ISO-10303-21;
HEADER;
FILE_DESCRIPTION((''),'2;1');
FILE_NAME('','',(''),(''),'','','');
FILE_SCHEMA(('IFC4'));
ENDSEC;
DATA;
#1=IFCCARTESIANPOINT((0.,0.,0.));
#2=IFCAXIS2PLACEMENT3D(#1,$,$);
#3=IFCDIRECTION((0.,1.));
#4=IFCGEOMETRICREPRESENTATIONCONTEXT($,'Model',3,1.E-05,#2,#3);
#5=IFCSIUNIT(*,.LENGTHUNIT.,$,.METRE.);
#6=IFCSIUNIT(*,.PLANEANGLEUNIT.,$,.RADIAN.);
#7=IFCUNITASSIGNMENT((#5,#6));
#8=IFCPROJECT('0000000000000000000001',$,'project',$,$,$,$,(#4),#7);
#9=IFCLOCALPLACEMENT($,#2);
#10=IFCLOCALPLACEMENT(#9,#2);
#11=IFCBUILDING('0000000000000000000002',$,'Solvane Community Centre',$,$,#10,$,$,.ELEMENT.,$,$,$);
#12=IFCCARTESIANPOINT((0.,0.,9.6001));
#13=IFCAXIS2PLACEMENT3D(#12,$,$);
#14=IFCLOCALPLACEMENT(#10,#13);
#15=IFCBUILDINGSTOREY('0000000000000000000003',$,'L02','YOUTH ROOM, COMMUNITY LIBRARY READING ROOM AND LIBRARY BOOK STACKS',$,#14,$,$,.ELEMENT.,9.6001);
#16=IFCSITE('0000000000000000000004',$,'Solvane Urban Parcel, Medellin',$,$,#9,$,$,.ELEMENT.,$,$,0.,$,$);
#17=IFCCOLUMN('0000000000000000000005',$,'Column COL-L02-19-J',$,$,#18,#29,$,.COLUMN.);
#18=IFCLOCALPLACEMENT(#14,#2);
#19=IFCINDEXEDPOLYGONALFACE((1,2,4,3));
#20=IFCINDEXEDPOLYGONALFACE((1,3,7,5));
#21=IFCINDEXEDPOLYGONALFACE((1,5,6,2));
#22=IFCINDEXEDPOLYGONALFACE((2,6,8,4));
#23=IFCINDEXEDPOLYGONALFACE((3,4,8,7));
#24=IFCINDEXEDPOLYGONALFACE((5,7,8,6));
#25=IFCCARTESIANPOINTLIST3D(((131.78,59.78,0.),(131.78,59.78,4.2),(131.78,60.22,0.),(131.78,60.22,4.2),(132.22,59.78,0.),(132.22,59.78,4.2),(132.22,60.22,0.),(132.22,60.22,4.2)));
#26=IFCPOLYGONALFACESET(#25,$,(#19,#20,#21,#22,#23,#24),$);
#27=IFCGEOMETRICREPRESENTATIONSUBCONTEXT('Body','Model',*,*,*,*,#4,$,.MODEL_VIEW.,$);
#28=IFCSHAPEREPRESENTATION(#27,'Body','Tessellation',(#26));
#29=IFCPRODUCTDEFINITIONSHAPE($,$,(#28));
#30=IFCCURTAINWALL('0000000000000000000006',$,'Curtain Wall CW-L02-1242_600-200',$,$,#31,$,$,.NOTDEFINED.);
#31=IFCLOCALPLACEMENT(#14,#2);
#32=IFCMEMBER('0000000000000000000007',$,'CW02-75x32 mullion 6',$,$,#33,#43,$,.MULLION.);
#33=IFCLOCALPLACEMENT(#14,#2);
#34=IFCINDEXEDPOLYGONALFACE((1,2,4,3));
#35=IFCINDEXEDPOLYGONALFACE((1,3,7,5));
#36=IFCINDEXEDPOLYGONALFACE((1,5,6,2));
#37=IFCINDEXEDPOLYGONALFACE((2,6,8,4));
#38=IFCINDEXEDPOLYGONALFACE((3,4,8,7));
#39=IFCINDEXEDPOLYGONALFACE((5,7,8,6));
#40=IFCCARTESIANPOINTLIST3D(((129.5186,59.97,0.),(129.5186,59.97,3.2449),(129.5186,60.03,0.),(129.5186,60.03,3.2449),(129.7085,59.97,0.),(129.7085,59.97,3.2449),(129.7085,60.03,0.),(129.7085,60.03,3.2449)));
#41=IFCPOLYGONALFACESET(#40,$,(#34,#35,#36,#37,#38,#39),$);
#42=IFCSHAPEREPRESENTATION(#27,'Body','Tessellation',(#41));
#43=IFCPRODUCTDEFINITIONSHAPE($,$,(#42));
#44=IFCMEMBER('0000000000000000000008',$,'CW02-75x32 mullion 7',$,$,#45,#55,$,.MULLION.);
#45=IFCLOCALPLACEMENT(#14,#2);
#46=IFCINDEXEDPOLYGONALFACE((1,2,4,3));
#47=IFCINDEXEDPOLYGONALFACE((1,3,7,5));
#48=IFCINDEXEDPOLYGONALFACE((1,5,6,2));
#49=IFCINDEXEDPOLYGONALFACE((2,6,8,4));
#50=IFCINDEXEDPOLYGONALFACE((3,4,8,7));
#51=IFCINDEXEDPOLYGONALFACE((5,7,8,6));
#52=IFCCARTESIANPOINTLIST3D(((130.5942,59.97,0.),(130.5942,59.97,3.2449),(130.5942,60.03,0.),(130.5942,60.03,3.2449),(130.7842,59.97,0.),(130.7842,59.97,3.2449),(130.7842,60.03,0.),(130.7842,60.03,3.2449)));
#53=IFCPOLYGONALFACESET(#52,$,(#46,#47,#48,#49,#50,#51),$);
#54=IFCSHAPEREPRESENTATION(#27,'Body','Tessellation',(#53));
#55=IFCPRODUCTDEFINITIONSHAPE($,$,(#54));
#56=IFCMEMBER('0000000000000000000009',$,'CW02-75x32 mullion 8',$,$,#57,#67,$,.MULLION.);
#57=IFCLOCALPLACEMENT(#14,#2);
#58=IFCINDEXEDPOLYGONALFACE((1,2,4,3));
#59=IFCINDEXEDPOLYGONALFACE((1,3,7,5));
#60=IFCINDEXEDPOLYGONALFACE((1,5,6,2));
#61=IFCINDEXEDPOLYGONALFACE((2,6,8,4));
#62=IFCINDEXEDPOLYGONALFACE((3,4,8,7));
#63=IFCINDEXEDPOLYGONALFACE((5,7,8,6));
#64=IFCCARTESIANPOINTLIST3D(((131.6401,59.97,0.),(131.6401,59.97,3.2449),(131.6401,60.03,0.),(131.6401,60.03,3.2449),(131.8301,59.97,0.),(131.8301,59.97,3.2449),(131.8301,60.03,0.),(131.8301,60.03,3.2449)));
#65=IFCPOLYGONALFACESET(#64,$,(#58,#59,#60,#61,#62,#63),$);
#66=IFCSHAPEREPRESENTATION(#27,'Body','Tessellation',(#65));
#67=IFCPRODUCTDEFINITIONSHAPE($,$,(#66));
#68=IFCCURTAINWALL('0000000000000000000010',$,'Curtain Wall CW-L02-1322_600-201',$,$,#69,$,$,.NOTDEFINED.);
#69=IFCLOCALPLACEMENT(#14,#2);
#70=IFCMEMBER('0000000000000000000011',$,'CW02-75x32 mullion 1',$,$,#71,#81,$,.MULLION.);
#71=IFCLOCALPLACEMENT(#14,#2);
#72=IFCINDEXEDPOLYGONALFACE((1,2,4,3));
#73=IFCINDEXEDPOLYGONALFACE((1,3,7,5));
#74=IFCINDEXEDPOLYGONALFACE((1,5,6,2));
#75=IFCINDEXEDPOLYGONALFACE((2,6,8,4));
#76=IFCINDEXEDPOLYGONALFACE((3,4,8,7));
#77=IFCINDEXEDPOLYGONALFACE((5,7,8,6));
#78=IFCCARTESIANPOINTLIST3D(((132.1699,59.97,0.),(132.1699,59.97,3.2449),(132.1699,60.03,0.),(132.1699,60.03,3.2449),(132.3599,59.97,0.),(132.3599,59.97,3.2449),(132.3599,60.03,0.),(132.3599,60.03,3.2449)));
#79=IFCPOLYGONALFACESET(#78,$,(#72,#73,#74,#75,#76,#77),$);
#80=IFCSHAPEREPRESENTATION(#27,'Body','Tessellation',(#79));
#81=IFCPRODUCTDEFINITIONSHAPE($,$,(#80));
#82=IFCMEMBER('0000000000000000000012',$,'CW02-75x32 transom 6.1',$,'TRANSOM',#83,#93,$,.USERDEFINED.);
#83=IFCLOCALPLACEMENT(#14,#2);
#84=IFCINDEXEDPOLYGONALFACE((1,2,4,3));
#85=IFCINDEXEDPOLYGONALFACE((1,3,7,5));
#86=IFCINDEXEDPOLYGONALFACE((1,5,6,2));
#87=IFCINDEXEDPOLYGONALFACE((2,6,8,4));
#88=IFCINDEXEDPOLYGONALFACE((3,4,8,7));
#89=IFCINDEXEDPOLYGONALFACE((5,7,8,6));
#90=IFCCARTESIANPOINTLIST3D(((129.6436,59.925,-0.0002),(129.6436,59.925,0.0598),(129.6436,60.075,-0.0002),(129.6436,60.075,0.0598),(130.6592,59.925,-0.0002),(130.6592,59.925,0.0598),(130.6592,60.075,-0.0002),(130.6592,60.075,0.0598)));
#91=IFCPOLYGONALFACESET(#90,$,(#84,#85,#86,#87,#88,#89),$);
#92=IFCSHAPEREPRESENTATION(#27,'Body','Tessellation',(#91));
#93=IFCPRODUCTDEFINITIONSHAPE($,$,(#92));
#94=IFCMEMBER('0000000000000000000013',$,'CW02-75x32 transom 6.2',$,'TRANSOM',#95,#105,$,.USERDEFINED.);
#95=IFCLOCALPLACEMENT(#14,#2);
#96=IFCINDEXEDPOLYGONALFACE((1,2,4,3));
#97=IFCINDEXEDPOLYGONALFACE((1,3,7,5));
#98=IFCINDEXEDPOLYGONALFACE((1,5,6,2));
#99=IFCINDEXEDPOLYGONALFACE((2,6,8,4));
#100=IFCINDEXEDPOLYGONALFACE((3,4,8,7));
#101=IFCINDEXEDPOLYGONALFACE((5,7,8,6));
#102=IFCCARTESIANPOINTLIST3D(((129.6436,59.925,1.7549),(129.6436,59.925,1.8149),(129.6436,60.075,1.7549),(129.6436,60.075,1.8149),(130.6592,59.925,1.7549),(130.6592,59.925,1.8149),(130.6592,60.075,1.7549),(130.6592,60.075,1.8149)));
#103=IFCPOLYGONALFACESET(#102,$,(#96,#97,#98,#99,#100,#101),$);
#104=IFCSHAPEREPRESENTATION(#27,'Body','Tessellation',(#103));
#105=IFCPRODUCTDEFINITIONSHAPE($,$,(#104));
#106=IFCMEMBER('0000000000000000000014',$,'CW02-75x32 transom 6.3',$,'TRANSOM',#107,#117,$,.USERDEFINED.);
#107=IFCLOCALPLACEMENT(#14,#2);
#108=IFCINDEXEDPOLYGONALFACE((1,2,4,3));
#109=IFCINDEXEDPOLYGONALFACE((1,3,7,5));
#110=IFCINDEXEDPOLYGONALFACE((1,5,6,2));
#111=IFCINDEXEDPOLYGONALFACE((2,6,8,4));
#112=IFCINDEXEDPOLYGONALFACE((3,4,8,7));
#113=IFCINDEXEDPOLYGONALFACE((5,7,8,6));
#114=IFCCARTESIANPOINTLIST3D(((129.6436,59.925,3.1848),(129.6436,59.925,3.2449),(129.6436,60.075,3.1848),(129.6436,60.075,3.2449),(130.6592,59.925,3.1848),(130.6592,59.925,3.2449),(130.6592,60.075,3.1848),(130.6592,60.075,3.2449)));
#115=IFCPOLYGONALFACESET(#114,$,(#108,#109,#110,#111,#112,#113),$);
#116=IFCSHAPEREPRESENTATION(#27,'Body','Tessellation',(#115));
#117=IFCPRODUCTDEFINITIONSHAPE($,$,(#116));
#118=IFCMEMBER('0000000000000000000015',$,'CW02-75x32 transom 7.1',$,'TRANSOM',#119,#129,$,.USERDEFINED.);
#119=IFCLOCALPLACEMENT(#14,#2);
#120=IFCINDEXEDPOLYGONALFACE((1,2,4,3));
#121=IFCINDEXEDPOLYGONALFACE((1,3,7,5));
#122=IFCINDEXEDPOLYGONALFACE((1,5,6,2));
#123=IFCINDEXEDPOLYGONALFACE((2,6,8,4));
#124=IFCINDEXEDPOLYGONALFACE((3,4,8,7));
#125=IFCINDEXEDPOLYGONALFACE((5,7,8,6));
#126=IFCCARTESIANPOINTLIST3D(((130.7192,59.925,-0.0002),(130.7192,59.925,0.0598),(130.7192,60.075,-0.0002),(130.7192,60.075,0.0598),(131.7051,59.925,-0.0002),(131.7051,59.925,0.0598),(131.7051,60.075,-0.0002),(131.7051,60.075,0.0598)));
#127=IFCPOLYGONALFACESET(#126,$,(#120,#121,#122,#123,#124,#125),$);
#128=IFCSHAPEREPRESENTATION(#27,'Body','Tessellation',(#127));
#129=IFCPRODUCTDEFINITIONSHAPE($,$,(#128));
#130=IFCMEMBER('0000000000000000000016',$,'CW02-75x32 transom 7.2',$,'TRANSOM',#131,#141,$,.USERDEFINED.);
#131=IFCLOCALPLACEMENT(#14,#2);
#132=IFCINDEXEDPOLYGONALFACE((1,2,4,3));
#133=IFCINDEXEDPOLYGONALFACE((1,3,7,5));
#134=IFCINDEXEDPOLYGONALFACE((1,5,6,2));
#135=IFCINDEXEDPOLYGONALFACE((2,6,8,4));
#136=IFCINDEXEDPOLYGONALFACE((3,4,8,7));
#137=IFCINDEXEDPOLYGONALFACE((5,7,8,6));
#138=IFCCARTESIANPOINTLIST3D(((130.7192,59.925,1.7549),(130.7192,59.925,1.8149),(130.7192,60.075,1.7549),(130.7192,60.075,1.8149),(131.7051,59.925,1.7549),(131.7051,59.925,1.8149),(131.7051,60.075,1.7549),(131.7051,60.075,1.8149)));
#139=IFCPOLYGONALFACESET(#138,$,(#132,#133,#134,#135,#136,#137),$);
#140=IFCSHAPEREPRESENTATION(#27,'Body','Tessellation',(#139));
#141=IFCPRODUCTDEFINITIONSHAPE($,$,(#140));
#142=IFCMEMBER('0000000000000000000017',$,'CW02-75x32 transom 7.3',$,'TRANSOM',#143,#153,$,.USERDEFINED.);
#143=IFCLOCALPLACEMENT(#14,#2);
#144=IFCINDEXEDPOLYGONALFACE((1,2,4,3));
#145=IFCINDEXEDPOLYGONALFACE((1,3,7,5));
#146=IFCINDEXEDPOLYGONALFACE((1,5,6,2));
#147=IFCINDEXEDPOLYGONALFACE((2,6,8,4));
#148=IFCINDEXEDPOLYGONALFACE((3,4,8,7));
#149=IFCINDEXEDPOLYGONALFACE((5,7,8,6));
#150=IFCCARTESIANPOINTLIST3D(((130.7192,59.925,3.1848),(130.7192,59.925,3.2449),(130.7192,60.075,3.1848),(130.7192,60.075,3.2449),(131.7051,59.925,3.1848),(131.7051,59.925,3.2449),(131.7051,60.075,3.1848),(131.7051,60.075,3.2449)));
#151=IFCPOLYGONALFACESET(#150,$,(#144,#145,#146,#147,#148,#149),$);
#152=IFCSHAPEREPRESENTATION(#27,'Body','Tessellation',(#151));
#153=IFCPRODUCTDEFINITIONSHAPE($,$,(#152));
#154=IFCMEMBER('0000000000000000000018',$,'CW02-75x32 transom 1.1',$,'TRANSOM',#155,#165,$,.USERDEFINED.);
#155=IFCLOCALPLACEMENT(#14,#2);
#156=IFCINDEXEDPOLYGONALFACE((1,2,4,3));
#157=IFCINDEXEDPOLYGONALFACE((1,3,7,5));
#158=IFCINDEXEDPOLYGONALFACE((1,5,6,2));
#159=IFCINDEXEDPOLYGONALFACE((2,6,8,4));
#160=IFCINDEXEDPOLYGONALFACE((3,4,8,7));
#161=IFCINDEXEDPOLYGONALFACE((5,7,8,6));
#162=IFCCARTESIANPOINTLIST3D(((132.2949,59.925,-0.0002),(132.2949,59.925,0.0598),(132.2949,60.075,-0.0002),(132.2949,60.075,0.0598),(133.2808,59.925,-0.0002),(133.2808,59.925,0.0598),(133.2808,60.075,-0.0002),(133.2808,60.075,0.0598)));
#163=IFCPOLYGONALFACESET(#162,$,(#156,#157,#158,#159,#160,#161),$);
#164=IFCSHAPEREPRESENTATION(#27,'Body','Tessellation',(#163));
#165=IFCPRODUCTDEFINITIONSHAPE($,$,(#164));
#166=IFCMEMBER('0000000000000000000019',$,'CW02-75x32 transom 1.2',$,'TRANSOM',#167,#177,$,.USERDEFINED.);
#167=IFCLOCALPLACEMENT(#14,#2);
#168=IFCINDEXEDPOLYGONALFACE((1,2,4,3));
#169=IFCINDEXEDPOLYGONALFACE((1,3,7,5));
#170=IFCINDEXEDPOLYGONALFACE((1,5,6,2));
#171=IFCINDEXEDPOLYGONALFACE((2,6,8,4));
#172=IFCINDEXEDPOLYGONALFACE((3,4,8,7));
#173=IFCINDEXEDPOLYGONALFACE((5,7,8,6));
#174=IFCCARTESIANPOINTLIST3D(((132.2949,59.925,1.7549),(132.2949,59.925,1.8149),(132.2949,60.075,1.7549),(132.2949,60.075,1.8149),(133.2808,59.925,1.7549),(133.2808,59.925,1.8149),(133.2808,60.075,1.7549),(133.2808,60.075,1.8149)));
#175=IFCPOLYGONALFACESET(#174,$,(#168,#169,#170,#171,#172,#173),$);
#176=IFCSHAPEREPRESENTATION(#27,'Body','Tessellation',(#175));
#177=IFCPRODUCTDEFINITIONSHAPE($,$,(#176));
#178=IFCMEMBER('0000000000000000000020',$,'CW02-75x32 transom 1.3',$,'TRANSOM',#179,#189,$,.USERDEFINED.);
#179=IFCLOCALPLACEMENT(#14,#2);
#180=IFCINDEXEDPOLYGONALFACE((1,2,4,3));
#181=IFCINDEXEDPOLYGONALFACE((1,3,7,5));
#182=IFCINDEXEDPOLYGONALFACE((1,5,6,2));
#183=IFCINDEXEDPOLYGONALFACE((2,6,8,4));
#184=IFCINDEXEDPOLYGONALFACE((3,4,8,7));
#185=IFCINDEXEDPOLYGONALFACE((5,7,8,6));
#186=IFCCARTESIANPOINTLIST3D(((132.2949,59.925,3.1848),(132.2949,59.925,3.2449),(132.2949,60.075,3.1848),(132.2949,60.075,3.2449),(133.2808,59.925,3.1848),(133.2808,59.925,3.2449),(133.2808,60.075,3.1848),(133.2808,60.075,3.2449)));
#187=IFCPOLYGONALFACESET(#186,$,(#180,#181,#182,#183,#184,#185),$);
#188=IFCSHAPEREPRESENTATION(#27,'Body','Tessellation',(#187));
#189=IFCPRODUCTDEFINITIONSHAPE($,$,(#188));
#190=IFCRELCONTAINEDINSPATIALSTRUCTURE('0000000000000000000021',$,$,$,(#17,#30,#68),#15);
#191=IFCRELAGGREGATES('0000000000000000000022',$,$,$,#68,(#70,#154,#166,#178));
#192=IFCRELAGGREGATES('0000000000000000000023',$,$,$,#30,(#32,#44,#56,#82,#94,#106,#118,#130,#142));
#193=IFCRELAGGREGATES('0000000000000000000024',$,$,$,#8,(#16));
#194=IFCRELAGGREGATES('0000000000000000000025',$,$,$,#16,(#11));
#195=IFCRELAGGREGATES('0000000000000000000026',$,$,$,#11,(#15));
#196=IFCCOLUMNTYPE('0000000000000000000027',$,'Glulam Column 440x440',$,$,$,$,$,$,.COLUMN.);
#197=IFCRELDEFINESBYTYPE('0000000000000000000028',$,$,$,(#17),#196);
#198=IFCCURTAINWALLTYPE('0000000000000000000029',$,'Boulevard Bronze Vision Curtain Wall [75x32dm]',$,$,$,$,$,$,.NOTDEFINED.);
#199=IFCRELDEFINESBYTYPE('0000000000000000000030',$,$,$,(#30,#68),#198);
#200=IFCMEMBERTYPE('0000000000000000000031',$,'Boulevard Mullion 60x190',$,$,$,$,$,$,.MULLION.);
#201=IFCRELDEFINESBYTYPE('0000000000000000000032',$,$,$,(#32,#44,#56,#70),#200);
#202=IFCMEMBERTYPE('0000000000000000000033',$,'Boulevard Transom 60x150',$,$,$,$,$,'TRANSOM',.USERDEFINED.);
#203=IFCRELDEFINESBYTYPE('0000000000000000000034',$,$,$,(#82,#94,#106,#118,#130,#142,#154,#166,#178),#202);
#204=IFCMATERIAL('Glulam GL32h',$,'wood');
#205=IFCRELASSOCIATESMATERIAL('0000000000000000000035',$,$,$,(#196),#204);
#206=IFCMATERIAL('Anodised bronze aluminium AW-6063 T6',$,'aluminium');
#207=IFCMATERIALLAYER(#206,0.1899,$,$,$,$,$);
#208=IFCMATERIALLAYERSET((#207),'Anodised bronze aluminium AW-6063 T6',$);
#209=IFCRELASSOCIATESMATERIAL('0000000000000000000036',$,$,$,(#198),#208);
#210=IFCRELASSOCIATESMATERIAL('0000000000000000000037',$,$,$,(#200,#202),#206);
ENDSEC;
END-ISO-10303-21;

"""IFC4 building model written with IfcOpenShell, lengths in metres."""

from ifc_helpers import new_model, si_unit, direction, frame, origin, origin_2d, place, context, subcontext, project, spatial, rectangle, extrude, material, layer, layer_set, material_profile, profile_set, type_object, element, aggregate, save


model = new_model("IFC4")

# Units and contexts
model_context = context("Model", 3, precision=1e-05, world=origin(), true_north=direction((0.0, 1.0)))
body_context = subcontext(model_context, "Body", "Model", "MODEL_VIEW")
ifc_project = project(units=[si_unit("LENGTHUNIT", "METRE"), si_unit("PLANEANGLEUNIT", "RADIAN")], contexts=[model_context])

# Site, building, storey
site_placement = place(None, origin())
site = spatial("IfcSite", under=ifc_project, at=site_placement, Name="Solvane Urban Parcel, Medellin", CompositionType="ELEMENT", RefElevation=0.0)
building_placement = place(site_placement, origin())
building = spatial("IfcBuilding", under=site, at=building_placement, Name="Solvane Community Centre", CompositionType="ELEMENT")
storey_placement = place(building_placement, frame((0.0, 0.0, 9.6001)))
storey = spatial("IfcBuildingStorey", under=building, at=storey_placement, Name="L02", Description="YOUTH ROOM, COMMUNITY LIBRARY READING ROOM AND LIBRARY BOOK STACKS", CompositionType="ELEMENT", Elevation=9.6001)

# Column
ifc_material_1 = material(Name="Glulam GL32h", Category="wood")
ifc_material_profile_1 = material_profile(ifc_material_1, rectangle(XDim=0.4399, YDim=0.4399, at=origin_2d()), Name="GL32h 440x440")
ifc_profile_set_1 = profile_set([ifc_material_profile_1], Name="Glulam GL32h")
column_type = type_object("IfcColumnType", Name="Glulam Column 440x440", PredefinedType="COLUMN", material=ifc_profile_set_1)
column_placement = place(storey_placement, frame((132.0, 60.0, 0.0), z_axis=(0.0, 0.0, 1.0), x_axis=(1.0, 0.0, 0.0)))
element("IfcColumn", 1, at=column_placement, inside=storey, type_object=column_type, Name="Column COL-L02-19-J", PredefinedType="COLUMN", context=body_context, shape_type="SweptSolid", body=[
    extrude(rectangle(XDim=0.4399, YDim=0.4399, at=origin_2d()), origin(), (0.0, 0.0, 1.0), 4.2),
])

# Curtain wall, members
ifc_material_2 = material(Name="Anodised bronze aluminium AW-6063 T6", Category="aluminium")
ifc_layer_1 = layer(ifc_material_2, 0.1899)
ifc_layer_set_1 = layer_set([ifc_layer_1], Name="Anodised bronze aluminium AW-6063 T6")
curtain_wall_type = type_object("IfcCurtainWallType", Name="Boulevard Bronze Vision Curtain Wall [75x32dm]", PredefinedType="NOTDEFINED", material=ifc_layer_set_1)
curtain_wall_1_placement = place(storey_placement, origin())
curtain_wall_1 = element("IfcCurtainWall", 2, at=curtain_wall_1_placement, inside=storey, type_object=curtain_wall_type, Name="Curtain Wall CW-L02-1242_600-200", PredefinedType="NOTDEFINED")
ifc_material_profile_2 = material_profile(ifc_material_2, rectangle(XDim=0.0601, YDim=0.1899, at=origin_2d()), Name="CW-M 60x190")
ifc_profile_set_2 = profile_set([ifc_material_profile_2], Name="Anodised bronze aluminium AW-6063 T6")
member_type_1 = type_object("IfcMemberType", Name="Boulevard Mullion 60x190", PredefinedType="MULLION", material=ifc_profile_set_2)
member_1_placement = place(storey_placement, frame((129.6135, 60.0, 0.0), z_axis=(0.0, 0.0, 1.0), x_axis=(0.0, 1.0, 0.0)))
member_1 = element("IfcMember", 3, at=member_1_placement, type_object=member_type_1, Name="CW02-75x32 mullion 6", PredefinedType="MULLION", context=body_context, shape_type="SweptSolid", body=[
    extrude(rectangle(XDim=0.0601, YDim=0.1899, at=origin_2d()), origin(), (0.0, 0.0, 1.0), 3.2449),
])
member_2_placement = place(storey_placement, frame((130.6892, 60.0, 0.0), z_axis=(0.0, 0.0, 1.0), x_axis=(0.0, 1.0, 0.0)))
member_2 = element("IfcMember", 4, at=member_2_placement, type_object=member_type_1, Name="CW02-75x32 mullion 7", PredefinedType="MULLION", context=body_context, shape_type="SweptSolid", body=[
    extrude(rectangle(XDim=0.0601, YDim=0.1899, at=origin_2d()), origin(), (0.0, 0.0, 1.0), 3.2449),
])
member_3_placement = place(storey_placement, frame((131.7351, 60.0, 0.0), z_axis=(0.0, 0.0, 1.0), x_axis=(0.0, 1.0, 0.0)))
member_3 = element("IfcMember", 5, at=member_3_placement, type_object=member_type_1, Name="CW02-75x32 mullion 8", PredefinedType="MULLION", context=body_context, shape_type="SweptSolid", body=[
    extrude(rectangle(XDim=0.0601, YDim=0.1899, at=origin_2d()), origin(), (0.0, 0.0, 1.0), 3.2449),
])

# Curtain wall, member
curtain_wall_2_placement = place(storey_placement, origin())
curtain_wall_2 = element("IfcCurtainWall", 6, at=curtain_wall_2_placement, inside=storey, type_object=curtain_wall_type, Name="Curtain Wall CW-L02-1322_600-201", PredefinedType="NOTDEFINED")
member_4_placement = place(storey_placement, frame((132.2649, 60.0, 0.0), z_axis=(0.0, 0.0, 1.0), x_axis=(0.0, 1.0, 0.0)))
member_4 = element("IfcMember", 7, at=member_4_placement, type_object=member_type_1, Name="CW02-75x32 mullion 1", PredefinedType="MULLION", context=body_context, shape_type="SweptSolid", body=[
    extrude(rectangle(XDim=0.0601, YDim=0.1899, at=origin_2d()), origin(), (0.0, 0.0, 1.0), 3.2449),
])

# Members
ifc_material_profile_3 = material_profile(ifc_material_2, rectangle(XDim=0.1499, YDim=0.0601, at=origin_2d()), Name="CW-T 60x150")
ifc_profile_set_3 = profile_set([ifc_material_profile_3], Name="Anodised bronze aluminium AW-6063 T6")
member_type_2 = type_object("IfcMemberType", Name="Boulevard Transom 60x150", ElementType="TRANSOM", PredefinedType="USERDEFINED", material=ifc_profile_set_3)
member_5_placement = place(storey_placement, frame((129.6436, 60.0, 0.0298), z_axis=(1.0, 0.0, 0.0), x_axis=(0.0, 1.0, 0.0)))
member_5 = element("IfcMember", 8, at=member_5_placement, type_object=member_type_2, Name="CW02-75x32 transom 6.1", ObjectType="TRANSOM", PredefinedType="USERDEFINED", context=body_context, shape_type="SweptSolid", body=[
    extrude(rectangle(XDim=0.1499, YDim=0.0601, at=origin_2d()), origin(), (0.0, 0.0, 1.0), 1.0156),
])
member_6_placement = place(storey_placement, frame((129.6436, 60.0, 1.7849), z_axis=(1.0, 0.0, 0.0), x_axis=(0.0, 1.0, 0.0)))
member_6 = element("IfcMember", 9, at=member_6_placement, type_object=member_type_2, Name="CW02-75x32 transom 6.2", ObjectType="TRANSOM", PredefinedType="USERDEFINED", context=body_context, shape_type="SweptSolid", body=[
    extrude(rectangle(XDim=0.1499, YDim=0.0601, at=origin_2d()), origin(), (0.0, 0.0, 1.0), 1.0156),
])
member_7_placement = place(storey_placement, frame((129.6436, 60.0, 3.2148), z_axis=(1.0, 0.0, 0.0), x_axis=(0.0, 1.0, 0.0)))
member_7 = element("IfcMember", 10, at=member_7_placement, type_object=member_type_2, Name="CW02-75x32 transom 6.3", ObjectType="TRANSOM", PredefinedType="USERDEFINED", context=body_context, shape_type="SweptSolid", body=[
    extrude(rectangle(XDim=0.1499, YDim=0.0601, at=origin_2d()), origin(), (0.0, 0.0, 1.0), 1.0156),
])
member_8_placement = place(storey_placement, frame((130.7192, 60.0, 0.0298), z_axis=(1.0, 0.0, 0.0), x_axis=(0.0, 1.0, 0.0)))
member_8 = element("IfcMember", 11, at=member_8_placement, type_object=member_type_2, Name="CW02-75x32 transom 7.1", ObjectType="TRANSOM", PredefinedType="USERDEFINED", context=body_context, shape_type="SweptSolid", body=[
    extrude(rectangle(XDim=0.1499, YDim=0.0601, at=origin_2d()), origin(), (0.0, 0.0, 1.0), 0.9858),
])
member_9_placement = place(storey_placement, frame((130.7192, 60.0, 1.7849), z_axis=(1.0, 0.0, 0.0), x_axis=(0.0, 1.0, 0.0)))
member_9 = element("IfcMember", 12, at=member_9_placement, type_object=member_type_2, Name="CW02-75x32 transom 7.2", ObjectType="TRANSOM", PredefinedType="USERDEFINED", context=body_context, shape_type="SweptSolid", body=[
    extrude(rectangle(XDim=0.1499, YDim=0.0601, at=origin_2d()), origin(), (0.0, 0.0, 1.0), 0.9858),
])
member_10_placement = place(storey_placement, frame((130.7192, 60.0, 3.2148), z_axis=(1.0, 0.0, 0.0), x_axis=(0.0, 1.0, 0.0)))
member_10 = element("IfcMember", 13, at=member_10_placement, type_object=member_type_2, Name="CW02-75x32 transom 7.3", ObjectType="TRANSOM", PredefinedType="USERDEFINED", context=body_context, shape_type="SweptSolid", body=[
    extrude(rectangle(XDim=0.1499, YDim=0.0601, at=origin_2d()), origin(), (0.0, 0.0, 1.0), 0.9858),
])
member_11_placement = place(storey_placement, frame((132.2949, 60.0, 0.0298), z_axis=(1.0, 0.0, 0.0), x_axis=(0.0, 1.0, 0.0)))
member_11 = element("IfcMember", 14, at=member_11_placement, type_object=member_type_2, Name="CW02-75x32 transom 1.1", ObjectType="TRANSOM", PredefinedType="USERDEFINED", context=body_context, shape_type="SweptSolid", body=[
    extrude(rectangle(XDim=0.1499, YDim=0.0601, at=origin_2d()), origin(), (0.0, 0.0, 1.0), 0.9858),
])
member_12_placement = place(storey_placement, frame((132.2949, 60.0, 1.7849), z_axis=(1.0, 0.0, 0.0), x_axis=(0.0, 1.0, 0.0)))
member_12 = element("IfcMember", 15, at=member_12_placement, type_object=member_type_2, Name="CW02-75x32 transom 1.2", ObjectType="TRANSOM", PredefinedType="USERDEFINED", context=body_context, shape_type="SweptSolid", body=[
    extrude(rectangle(XDim=0.1499, YDim=0.0601, at=origin_2d()), origin(), (0.0, 0.0, 1.0), 0.9858),
])
member_13_placement = place(storey_placement, frame((132.2949, 60.0, 3.2148), z_axis=(1.0, 0.0, 0.0), x_axis=(0.0, 1.0, 0.0)))
member_13 = element("IfcMember", 16, at=member_13_placement, type_object=member_type_2, Name="CW02-75x32 transom 1.3", ObjectType="TRANSOM", PredefinedType="USERDEFINED", context=body_context, shape_type="SweptSolid", body=[
    extrude(rectangle(XDim=0.1499, YDim=0.0601, at=origin_2d()), origin(), (0.0, 0.0, 1.0), 0.9858),
])
aggregate(curtain_wall_2, [member_4, member_11, member_12, member_13])

aggregate(curtain_wall_1, [member_1, member_2, member_3, member_5, member_6, member_7, member_8, member_9, member_10])

save(model, "model.ifc")
